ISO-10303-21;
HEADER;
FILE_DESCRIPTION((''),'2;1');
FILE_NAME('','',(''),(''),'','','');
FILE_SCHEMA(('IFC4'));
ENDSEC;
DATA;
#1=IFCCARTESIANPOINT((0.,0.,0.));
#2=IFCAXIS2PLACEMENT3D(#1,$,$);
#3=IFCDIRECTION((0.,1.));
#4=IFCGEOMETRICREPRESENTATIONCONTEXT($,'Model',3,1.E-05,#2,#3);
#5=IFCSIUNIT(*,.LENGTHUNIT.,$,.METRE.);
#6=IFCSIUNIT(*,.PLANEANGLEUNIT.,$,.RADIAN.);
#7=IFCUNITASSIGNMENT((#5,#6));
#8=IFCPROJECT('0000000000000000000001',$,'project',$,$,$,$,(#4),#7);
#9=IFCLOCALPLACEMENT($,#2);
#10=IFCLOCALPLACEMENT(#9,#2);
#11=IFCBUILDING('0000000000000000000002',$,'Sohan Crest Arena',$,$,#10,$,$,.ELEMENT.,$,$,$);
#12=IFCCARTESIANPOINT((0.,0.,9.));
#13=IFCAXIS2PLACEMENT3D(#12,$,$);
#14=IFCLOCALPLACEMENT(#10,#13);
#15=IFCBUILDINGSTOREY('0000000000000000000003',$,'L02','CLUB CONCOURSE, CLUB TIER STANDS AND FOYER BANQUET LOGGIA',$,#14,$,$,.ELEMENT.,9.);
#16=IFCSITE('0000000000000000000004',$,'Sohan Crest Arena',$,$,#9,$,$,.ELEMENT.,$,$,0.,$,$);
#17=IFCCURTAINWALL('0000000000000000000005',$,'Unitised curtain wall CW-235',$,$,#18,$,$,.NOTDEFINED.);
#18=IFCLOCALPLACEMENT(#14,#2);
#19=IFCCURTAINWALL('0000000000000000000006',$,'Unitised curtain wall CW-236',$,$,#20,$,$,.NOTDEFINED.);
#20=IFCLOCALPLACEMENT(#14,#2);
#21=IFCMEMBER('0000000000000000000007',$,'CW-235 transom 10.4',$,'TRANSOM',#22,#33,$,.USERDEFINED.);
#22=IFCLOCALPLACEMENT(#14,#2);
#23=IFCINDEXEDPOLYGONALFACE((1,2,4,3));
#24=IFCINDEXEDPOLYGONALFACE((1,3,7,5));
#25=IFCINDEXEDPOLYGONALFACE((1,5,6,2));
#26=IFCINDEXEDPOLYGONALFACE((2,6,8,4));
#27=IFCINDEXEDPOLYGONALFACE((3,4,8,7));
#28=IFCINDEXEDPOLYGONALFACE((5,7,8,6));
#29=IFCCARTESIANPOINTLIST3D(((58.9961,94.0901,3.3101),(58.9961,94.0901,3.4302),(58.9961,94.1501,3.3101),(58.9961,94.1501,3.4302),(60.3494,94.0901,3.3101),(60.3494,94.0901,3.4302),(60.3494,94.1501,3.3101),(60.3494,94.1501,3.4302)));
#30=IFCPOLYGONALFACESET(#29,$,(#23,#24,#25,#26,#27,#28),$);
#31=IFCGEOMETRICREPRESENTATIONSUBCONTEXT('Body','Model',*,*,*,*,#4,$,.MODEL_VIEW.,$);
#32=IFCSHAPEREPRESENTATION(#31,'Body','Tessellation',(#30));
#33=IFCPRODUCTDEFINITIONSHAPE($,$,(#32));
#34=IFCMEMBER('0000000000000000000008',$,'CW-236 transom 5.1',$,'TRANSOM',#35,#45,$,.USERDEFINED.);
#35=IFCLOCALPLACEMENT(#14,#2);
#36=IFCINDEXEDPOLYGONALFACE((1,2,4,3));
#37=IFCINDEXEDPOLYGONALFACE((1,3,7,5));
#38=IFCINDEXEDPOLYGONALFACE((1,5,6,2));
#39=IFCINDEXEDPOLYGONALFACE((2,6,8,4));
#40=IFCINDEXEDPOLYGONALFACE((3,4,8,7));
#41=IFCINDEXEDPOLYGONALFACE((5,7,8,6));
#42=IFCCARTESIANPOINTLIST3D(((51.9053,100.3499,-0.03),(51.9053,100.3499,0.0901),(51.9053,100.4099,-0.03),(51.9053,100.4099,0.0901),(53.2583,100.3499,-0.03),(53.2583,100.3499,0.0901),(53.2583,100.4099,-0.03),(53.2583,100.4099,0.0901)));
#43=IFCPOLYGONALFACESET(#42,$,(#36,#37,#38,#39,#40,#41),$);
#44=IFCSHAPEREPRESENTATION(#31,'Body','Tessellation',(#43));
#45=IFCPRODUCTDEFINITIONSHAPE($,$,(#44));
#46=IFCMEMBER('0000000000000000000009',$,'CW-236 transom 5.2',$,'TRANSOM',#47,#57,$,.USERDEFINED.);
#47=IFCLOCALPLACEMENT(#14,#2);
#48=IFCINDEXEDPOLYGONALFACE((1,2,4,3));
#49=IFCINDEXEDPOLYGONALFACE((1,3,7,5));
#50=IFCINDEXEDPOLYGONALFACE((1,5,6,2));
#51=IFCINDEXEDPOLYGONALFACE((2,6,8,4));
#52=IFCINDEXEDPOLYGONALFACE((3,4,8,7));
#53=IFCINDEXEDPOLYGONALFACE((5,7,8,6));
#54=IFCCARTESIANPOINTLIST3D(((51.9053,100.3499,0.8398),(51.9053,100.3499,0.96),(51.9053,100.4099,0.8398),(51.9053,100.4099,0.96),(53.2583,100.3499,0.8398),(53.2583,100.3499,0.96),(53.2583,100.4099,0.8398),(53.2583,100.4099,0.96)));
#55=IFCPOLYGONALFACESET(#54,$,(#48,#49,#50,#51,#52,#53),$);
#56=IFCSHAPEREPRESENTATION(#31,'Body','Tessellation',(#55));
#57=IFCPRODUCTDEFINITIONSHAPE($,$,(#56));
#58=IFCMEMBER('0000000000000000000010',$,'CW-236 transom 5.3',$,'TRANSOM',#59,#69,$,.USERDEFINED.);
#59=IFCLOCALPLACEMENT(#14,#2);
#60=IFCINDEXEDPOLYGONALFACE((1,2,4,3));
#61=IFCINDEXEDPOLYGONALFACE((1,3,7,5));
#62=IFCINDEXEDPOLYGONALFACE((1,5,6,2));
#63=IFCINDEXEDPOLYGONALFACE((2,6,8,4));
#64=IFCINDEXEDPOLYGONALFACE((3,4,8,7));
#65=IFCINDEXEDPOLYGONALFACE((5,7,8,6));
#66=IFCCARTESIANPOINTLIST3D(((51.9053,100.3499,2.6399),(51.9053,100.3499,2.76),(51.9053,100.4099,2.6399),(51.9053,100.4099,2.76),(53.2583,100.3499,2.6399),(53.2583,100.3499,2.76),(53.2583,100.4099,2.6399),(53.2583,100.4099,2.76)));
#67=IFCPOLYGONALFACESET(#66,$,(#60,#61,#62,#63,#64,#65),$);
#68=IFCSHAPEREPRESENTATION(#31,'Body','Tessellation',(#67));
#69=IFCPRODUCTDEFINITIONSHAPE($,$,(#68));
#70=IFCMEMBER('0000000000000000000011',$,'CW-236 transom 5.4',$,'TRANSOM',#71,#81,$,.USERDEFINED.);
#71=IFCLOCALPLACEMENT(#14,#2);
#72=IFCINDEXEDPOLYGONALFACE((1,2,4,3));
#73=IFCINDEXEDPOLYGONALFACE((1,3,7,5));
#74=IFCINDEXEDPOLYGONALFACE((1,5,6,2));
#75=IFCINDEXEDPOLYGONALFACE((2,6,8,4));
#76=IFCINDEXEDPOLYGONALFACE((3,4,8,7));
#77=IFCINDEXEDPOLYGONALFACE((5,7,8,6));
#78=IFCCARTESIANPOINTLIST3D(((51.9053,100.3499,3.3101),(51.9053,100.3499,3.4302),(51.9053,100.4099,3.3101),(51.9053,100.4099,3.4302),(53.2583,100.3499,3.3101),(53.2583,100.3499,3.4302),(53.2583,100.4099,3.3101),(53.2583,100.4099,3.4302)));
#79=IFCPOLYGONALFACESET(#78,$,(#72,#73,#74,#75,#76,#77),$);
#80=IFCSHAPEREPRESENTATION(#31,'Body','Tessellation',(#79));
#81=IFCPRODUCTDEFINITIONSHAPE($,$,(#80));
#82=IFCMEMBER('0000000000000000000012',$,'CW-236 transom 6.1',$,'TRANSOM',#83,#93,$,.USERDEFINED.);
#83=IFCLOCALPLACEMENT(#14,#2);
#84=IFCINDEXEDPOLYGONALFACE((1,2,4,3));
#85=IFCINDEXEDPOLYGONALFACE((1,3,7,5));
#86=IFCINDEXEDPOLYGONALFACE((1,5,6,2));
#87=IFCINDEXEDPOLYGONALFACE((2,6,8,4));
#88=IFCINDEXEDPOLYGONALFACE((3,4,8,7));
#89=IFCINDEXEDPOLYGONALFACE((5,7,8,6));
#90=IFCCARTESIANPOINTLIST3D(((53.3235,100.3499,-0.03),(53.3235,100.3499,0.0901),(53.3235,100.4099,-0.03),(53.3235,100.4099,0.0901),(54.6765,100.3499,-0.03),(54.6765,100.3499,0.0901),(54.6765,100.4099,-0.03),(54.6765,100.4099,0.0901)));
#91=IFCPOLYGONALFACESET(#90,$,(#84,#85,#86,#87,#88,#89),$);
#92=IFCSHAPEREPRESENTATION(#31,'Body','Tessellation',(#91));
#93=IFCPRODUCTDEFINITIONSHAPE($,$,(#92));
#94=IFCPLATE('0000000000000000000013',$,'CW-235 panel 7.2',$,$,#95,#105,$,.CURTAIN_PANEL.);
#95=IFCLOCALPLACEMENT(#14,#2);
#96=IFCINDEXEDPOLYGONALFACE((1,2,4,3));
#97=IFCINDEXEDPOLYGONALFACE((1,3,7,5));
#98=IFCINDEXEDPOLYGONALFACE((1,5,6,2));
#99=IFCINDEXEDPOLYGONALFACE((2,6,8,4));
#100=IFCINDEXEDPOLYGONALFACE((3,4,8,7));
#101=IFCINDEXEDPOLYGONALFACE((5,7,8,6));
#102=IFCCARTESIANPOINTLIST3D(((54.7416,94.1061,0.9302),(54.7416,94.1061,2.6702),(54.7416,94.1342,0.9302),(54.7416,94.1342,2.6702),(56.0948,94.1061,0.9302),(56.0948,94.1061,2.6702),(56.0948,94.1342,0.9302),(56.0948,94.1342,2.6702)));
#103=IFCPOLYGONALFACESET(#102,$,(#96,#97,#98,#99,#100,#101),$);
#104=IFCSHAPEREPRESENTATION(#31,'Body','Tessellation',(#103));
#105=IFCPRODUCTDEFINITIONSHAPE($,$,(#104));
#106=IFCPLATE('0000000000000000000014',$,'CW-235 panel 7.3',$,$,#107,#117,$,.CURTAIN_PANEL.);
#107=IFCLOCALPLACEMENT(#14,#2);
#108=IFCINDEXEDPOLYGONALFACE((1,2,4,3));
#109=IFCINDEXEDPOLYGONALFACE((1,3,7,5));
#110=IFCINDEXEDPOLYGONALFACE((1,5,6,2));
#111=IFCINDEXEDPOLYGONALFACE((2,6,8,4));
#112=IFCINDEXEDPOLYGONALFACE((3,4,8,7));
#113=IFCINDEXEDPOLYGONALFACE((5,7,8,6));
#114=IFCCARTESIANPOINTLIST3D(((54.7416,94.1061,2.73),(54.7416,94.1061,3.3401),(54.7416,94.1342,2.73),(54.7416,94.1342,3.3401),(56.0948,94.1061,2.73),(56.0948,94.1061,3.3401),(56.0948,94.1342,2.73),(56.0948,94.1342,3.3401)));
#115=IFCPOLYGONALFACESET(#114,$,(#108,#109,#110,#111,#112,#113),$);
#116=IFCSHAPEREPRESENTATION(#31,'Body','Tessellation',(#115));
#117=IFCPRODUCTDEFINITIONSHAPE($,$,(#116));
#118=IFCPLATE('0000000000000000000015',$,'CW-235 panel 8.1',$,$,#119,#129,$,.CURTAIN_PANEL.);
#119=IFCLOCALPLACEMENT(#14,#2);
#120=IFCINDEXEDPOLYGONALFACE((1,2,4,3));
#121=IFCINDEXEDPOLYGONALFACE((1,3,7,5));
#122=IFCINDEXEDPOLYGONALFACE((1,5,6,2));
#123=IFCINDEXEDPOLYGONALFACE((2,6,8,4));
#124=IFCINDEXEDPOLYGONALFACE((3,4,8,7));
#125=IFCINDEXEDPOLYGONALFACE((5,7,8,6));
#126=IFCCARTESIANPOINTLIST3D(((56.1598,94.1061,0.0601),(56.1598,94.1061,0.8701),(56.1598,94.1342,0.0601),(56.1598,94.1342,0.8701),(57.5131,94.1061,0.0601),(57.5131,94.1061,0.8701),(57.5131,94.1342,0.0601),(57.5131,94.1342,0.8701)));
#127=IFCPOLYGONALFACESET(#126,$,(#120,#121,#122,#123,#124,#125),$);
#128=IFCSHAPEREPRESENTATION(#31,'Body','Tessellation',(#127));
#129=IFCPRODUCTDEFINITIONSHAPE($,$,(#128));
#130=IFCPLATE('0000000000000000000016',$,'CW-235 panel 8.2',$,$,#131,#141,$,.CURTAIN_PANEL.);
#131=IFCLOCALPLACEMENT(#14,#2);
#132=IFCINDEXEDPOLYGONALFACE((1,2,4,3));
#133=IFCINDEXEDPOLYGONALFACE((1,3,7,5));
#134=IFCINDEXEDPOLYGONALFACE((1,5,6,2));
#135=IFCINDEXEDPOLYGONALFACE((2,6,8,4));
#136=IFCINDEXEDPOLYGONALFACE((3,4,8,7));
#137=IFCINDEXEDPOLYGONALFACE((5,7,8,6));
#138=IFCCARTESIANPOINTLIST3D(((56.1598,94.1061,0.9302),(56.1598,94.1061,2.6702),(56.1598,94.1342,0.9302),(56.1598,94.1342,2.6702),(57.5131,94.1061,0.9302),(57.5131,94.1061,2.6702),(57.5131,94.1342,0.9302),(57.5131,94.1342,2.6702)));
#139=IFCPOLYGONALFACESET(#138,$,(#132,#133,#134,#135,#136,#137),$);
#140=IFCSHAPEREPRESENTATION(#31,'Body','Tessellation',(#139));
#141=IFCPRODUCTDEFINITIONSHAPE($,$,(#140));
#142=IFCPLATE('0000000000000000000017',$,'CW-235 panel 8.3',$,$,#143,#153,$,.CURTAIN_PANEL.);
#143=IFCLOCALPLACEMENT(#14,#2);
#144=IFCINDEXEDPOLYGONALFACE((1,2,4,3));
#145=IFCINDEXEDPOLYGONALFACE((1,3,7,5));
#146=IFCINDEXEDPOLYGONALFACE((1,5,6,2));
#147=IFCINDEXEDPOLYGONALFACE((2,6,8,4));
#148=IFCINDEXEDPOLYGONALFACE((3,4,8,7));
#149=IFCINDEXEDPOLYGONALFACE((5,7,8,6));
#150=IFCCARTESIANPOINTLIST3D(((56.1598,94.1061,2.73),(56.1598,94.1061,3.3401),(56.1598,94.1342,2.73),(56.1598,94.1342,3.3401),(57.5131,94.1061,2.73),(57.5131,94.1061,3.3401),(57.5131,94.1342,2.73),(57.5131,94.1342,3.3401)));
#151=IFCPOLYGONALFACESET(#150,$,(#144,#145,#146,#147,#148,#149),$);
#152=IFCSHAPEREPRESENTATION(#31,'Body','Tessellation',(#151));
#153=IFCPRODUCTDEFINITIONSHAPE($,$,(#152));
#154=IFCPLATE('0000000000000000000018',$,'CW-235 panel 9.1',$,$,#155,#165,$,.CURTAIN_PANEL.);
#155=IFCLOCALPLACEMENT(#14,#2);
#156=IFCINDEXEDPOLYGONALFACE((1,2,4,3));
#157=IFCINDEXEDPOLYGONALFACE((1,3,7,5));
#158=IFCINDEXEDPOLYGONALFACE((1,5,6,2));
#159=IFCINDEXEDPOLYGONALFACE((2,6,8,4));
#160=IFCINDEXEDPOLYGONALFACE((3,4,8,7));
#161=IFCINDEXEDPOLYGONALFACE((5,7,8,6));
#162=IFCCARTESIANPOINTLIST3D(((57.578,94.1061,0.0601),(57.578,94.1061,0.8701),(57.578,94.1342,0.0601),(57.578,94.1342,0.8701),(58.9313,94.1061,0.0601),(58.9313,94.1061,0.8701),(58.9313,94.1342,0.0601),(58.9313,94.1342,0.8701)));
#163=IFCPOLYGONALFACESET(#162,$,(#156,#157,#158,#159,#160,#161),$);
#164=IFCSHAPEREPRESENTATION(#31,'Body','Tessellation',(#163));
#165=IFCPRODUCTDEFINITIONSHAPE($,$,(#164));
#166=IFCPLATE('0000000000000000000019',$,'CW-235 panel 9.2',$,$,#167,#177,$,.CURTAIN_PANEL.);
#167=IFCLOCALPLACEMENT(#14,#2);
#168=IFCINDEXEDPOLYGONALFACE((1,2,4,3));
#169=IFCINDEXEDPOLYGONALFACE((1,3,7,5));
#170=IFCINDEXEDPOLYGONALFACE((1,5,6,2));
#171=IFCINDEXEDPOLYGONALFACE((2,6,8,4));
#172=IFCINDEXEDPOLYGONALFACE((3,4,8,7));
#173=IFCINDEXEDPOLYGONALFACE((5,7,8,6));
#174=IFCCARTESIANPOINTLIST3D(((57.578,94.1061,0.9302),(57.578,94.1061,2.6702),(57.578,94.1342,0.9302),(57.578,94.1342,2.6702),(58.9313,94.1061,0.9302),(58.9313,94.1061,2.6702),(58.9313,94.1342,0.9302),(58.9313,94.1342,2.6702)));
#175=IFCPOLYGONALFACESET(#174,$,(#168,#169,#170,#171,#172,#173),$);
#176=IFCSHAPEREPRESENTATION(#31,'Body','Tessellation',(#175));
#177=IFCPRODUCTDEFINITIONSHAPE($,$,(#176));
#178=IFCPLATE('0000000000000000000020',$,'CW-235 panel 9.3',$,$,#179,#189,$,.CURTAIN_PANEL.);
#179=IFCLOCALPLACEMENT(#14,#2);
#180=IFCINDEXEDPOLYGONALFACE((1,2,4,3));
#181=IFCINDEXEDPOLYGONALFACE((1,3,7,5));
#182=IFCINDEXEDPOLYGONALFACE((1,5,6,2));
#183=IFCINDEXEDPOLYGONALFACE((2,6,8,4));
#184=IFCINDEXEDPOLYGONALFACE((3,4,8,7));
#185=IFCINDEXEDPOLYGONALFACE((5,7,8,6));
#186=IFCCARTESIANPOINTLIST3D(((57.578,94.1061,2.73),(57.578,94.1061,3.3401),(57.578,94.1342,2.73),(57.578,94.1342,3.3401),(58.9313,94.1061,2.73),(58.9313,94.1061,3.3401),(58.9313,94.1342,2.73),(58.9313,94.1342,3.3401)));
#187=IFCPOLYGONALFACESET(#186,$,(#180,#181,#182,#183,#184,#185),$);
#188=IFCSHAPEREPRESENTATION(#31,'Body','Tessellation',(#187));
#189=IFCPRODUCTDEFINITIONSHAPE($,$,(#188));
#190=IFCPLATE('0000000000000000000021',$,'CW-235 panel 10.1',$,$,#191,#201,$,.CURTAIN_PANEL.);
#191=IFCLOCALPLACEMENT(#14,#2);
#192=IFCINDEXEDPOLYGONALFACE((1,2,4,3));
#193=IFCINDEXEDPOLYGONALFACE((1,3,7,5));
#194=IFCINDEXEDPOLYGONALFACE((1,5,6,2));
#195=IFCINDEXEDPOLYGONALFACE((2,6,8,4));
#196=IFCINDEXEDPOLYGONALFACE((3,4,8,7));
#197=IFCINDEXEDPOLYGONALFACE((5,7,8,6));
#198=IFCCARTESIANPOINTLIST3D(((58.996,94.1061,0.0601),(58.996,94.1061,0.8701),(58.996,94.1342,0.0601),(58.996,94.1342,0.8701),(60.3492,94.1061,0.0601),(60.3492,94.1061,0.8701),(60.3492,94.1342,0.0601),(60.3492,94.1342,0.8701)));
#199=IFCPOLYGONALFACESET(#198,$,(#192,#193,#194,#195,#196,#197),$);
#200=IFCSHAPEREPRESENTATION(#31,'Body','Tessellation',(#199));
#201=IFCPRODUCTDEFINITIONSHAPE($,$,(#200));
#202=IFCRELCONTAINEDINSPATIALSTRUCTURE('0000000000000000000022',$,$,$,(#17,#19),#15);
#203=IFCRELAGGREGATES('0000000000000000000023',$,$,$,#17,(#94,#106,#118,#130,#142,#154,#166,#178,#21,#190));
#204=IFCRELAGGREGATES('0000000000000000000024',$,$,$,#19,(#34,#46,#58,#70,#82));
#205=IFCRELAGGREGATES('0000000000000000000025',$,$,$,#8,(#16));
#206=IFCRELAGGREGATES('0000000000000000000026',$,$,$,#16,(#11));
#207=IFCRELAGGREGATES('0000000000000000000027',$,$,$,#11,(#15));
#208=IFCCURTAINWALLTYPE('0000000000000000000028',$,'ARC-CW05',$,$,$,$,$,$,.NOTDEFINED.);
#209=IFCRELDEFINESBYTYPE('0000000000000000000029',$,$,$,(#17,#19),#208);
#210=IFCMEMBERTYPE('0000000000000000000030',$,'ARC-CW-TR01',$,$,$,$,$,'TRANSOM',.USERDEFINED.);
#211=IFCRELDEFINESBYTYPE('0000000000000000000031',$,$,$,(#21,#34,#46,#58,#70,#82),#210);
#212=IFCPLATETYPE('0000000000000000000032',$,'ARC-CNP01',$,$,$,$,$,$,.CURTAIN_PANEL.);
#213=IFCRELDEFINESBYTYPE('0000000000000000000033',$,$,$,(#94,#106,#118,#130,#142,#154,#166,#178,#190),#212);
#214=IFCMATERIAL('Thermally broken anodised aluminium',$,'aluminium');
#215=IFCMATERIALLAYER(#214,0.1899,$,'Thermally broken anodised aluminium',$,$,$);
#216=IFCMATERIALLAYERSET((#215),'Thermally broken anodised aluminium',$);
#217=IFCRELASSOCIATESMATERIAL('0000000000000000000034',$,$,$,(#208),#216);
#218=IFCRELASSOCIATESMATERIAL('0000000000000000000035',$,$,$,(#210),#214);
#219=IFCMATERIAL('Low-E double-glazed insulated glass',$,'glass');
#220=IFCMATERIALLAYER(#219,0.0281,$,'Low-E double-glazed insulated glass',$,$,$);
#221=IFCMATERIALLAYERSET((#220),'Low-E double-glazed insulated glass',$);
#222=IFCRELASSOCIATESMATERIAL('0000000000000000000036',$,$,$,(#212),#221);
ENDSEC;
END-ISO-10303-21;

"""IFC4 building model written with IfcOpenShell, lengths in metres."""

from ifc_helpers import new_model, si_unit, direction, frame, origin, origin_2d, place, context, subcontext, project, spatial, rectangle, extrude, material, layer, layer_set, material_profile, profile_set, type_object, element, aggregate, save


model = new_model("IFC4")

# Units and contexts
model_context = context("Model", 3, precision=1e-05, world=origin(), true_north=direction((0.0, 1.0)))
body_context = subcontext(model_context, "Body", "Model", "MODEL_VIEW")
ifc_project = project(units=[si_unit("LENGTHUNIT", "METRE"), si_unit("PLANEANGLEUNIT", "RADIAN")], contexts=[model_context])

# Site, building, storey
site_placement = place(None, origin())
site = spatial("IfcSite", under=ifc_project, at=site_placement, Name="Sohan Crest Arena", CompositionType="ELEMENT", RefElevation=0.0)
building_placement = place(site_placement, origin())
building = spatial("IfcBuilding", under=site, at=building_placement, Name="Sohan Crest Arena", CompositionType="ELEMENT")
storey_placement = place(building_placement, frame((0.0, 0.0, 9.0)))
storey = spatial("IfcBuildingStorey", under=building, at=storey_placement, Name="L02", Description="CLUB CONCOURSE, CLUB TIER STANDS AND FOYER BANQUET LOGGIA", CompositionType="ELEMENT", Elevation=9.0)

# Curtain wall
ifc_material_1 = material(Name="Thermally broken anodised aluminium", Category="aluminium")
ifc_layer_1 = layer(ifc_material_1, 0.1899, Name="Thermally broken anodised aluminium")
ifc_layer_set_1 = layer_set([ifc_layer_1], Name="Thermally broken anodised aluminium")
curtain_wall_type = type_object("IfcCurtainWallType", Name="ARC-CW05", PredefinedType="NOTDEFINED", material=ifc_layer_set_1)
curtain_wall_1_placement = place(storey_placement, origin())
curtain_wall_1 = element("IfcCurtainWall", 1, at=curtain_wall_1_placement, inside=storey, type_object=curtain_wall_type, Name="Unitised curtain wall CW-235", PredefinedType="NOTDEFINED")

# Curtain wall
curtain_wall_2_placement = place(storey_placement, origin())
curtain_wall_2 = element("IfcCurtainWall", 2, at=curtain_wall_2_placement, inside=storey, type_object=curtain_wall_type, Name="Unitised curtain wall CW-236", PredefinedType="NOTDEFINED")

# Members
ifc_material_profile_1 = material_profile(ifc_material_1, rectangle(XDim=0.0601, YDim=0.1201, at=origin_2d()), Name="ALU-TRAN 60x120")
ifc_profile_set_1 = profile_set([ifc_material_profile_1], Name="Thermally broken anodised aluminium")
member_type_1 = type_object("IfcMemberType", Name="ARC-CW-TR01", ElementType="TRANSOM", PredefinedType="USERDEFINED", material=ifc_profile_set_1)
member_1_placement = place(storey_placement, frame((58.9961, 94.1201, 3.3701), z_axis=(1.0, 0.0, 0.0), x_axis=(0.0, 1.0, 0.0)))
member_1 = element("IfcMember", 3, at=member_1_placement, type_object=member_type_1, Name="CW-235 transom 10.4", ObjectType="TRANSOM", PredefinedType="USERDEFINED", context=body_context, shape_type="SweptSolid", body=[
    extrude(rectangle(XDim=0.0601, YDim=0.1201, at=origin_2d()), origin(), (0.0, 0.0, 1.0), 1.3533),
])
member_2_placement = place(storey_placement, frame((51.9053, 100.3799, 0.03), z_axis=(1.0, 0.0, 0.0), x_axis=(0.0, 1.0, 0.0)))
member_2 = element("IfcMember", 4, at=member_2_placement, type_object=member_type_1, Name="CW-236 transom 5.1", ObjectType="TRANSOM", PredefinedType="USERDEFINED", context=body_context, shape_type="SweptSolid", body=[
    extrude(rectangle(XDim=0.0601, YDim=0.1201, at=origin_2d()), origin(), (0.0, 0.0, 1.0), 1.353),
])
member_3_placement = place(storey_placement, frame((51.9053, 100.3799, 0.8999), z_axis=(1.0, 0.0, 0.0), x_axis=(0.0, 1.0, 0.0)))
member_3 = element("IfcMember", 5, at=member_3_placement, type_object=member_type_1, Name="CW-236 transom 5.2", ObjectType="TRANSOM", PredefinedType="USERDEFINED", context=body_context, shape_type="SweptSolid", body=[
    extrude(rectangle(XDim=0.0601, YDim=0.1201, at=origin_2d()), origin(), (0.0, 0.0, 1.0), 1.353),
])
member_4_placement = place(storey_placement, frame((51.9053, 100.3799, 2.7), z_axis=(1.0, 0.0, 0.0), x_axis=(0.0, 1.0, 0.0)))
member_4 = element("IfcMember", 6, at=member_4_placement, type_object=member_type_1, Name="CW-236 transom 5.3", ObjectType="TRANSOM", PredefinedType="USERDEFINED", context=body_context, shape_type="SweptSolid", body=[
    extrude(rectangle(XDim=0.0601, YDim=0.1201, at=origin_2d()), origin(), (0.0, 0.0, 1.0), 1.353),
])
member_5_placement = place(storey_placement, frame((51.9053, 100.3799, 3.3701), z_axis=(1.0, 0.0, 0.0), x_axis=(0.0, 1.0, 0.0)))
member_5 = element("IfcMember", 7, at=member_5_placement, type_object=member_type_1, Name="CW-236 transom 5.4", ObjectType="TRANSOM", PredefinedType="USERDEFINED", context=body_context, shape_type="SweptSolid", body=[
    extrude(rectangle(XDim=0.0601, YDim=0.1201, at=origin_2d()), origin(), (0.0, 0.0, 1.0), 1.353),
])
member_6_placement = place(storey_placement, frame((53.3235, 100.3799, 0.03), z_axis=(1.0, 0.0, 0.0), x_axis=(0.0, 1.0, 0.0)))
member_6 = element("IfcMember", 8, at=member_6_placement, type_object=member_type_1, Name="CW-236 transom 6.1", ObjectType="TRANSOM", PredefinedType="USERDEFINED", context=body_context, shape_type="SweptSolid", body=[
    extrude(rectangle(XDim=0.0601, YDim=0.1201, at=origin_2d()), origin(), (0.0, 0.0, 1.0), 1.353),
])

# Plates
ifc_material_2 = material(Name="Low-E double-glazed insulated glass", Category="glass")
ifc_layer_2 = layer(ifc_material_2, 0.0281, Name="Low-E double-glazed insulated glass")
ifc_layer_set_2 = layer_set([ifc_layer_2], Name="Low-E double-glazed insulated glass")
plate_type = type_object("IfcPlateType", Name="ARC-CNP01", PredefinedType="CURTAIN_PANEL", material=ifc_layer_set_2)
plate_1_placement = place(storey_placement, frame((55.4182, 94.1201, 0.9302), z_axis=(0.0, 0.0, 1.0), x_axis=(1.0, 0.0, 0.0)))
plate_1 = element("IfcPlate", 9, at=plate_1_placement, type_object=plate_type, Name="CW-235 panel 7.2", PredefinedType="CURTAIN_PANEL", context=body_context, shape_type="SweptSolid", body=[
    extrude(rectangle(XDim=1.3533, YDim=0.0281, at=origin_2d()), origin(), (0.0, 0.0, 1.0), 1.74),
])
plate_2_placement = place(storey_placement, frame((55.4182, 94.1201, 2.73), z_axis=(0.0, 0.0, 1.0), x_axis=(1.0, 0.0, 0.0)))
plate_2 = element("IfcPlate", 10, at=plate_2_placement, type_object=plate_type, Name="CW-235 panel 7.3", PredefinedType="CURTAIN_PANEL", context=body_context, shape_type="SweptSolid", body=[
    extrude(rectangle(XDim=1.3533, YDim=0.0281, at=origin_2d()), origin(), (0.0, 0.0, 1.0), 0.6101),
])
plate_3_placement = place(storey_placement, frame((56.8364, 94.1201, 0.0601), z_axis=(0.0, 0.0, 1.0), x_axis=(1.0, 0.0, 0.0)))
plate_3 = element("IfcPlate", 11, at=plate_3_placement, type_object=plate_type, Name="CW-235 panel 8.1", PredefinedType="CURTAIN_PANEL", context=body_context, shape_type="SweptSolid", body=[
    extrude(rectangle(XDim=1.3533, YDim=0.0281, at=origin_2d()), origin(), (0.0, 0.0, 1.0), 0.8101),
])
plate_4_placement = place(storey_placement, frame((56.8364, 94.1201, 0.9302), z_axis=(0.0, 0.0, 1.0), x_axis=(1.0, 0.0, 0.0)))
plate_4 = element("IfcPlate", 12, at=plate_4_placement, type_object=plate_type, Name="CW-235 panel 8.2", PredefinedType="CURTAIN_PANEL", context=body_context, shape_type="SweptSolid", body=[
    extrude(rectangle(XDim=1.3533, YDim=0.0281, at=origin_2d()), origin(), (0.0, 0.0, 1.0), 1.74),
])
plate_5_placement = place(storey_placement, frame((56.8364, 94.1201, 2.73), z_axis=(0.0, 0.0, 1.0), x_axis=(1.0, 0.0, 0.0)))
plate_5 = element("IfcPlate", 13, at=plate_5_placement, type_object=plate_type, Name="CW-235 panel 8.3", PredefinedType="CURTAIN_PANEL", context=body_context, shape_type="SweptSolid", body=[
    extrude(rectangle(XDim=1.3533, YDim=0.0281, at=origin_2d()), origin(), (0.0, 0.0, 1.0), 0.6101),
])
plate_6_placement = place(storey_placement, frame((58.2546, 94.1201, 0.0601), z_axis=(0.0, 0.0, 1.0), x_axis=(1.0, 0.0, 0.0)))
plate_6 = element("IfcPlate", 14, at=plate_6_placement, type_object=plate_type, Name="CW-235 panel 9.1", PredefinedType="CURTAIN_PANEL", context=body_context, shape_type="SweptSolid", body=[
    extrude(rectangle(XDim=1.3533, YDim=0.0281, at=origin_2d()), origin(), (0.0, 0.0, 1.0), 0.8101),
])
plate_7_placement = place(storey_placement, frame((58.2546, 94.1201, 0.9302), z_axis=(0.0, 0.0, 1.0), x_axis=(1.0, 0.0, 0.0)))
plate_7 = element("IfcPlate", 15, at=plate_7_placement, type_object=plate_type, Name="CW-235 panel 9.2", PredefinedType="CURTAIN_PANEL", context=body_context, shape_type="SweptSolid", body=[
    extrude(rectangle(XDim=1.3533, YDim=0.0281, at=origin_2d()), origin(), (0.0, 0.0, 1.0), 1.74),
])
plate_8_placement = place(storey_placement, frame((58.2546, 94.1201, 2.73), z_axis=(0.0, 0.0, 1.0), x_axis=(1.0, 0.0, 0.0)))
plate_8 = element("IfcPlate", 16, at=plate_8_placement, type_object=plate_type, Name="CW-235 panel 9.3", PredefinedType="CURTAIN_PANEL", context=body_context, shape_type="SweptSolid", body=[
    extrude(rectangle(XDim=1.3533, YDim=0.0281, at=origin_2d()), origin(), (0.0, 0.0, 1.0), 0.6101),
])
plate_9_placement = place(storey_placement, frame((59.6726, 94.1201, 0.0601), z_axis=(0.0, 0.0, 1.0), x_axis=(1.0, 0.0, 0.0)))
plate_9 = element("IfcPlate", 17, at=plate_9_placement, type_object=plate_type, Name="CW-235 panel 10.1", PredefinedType="CURTAIN_PANEL", context=body_context, shape_type="SweptSolid", body=[
    extrude(rectangle(XDim=1.3533, YDim=0.0281, at=origin_2d()), origin(), (0.0, 0.0, 1.0), 0.8101),
])
aggregate(curtain_wall_1, [plate_1, plate_2, plate_3, plate_4, plate_5, plate_6, plate_7, plate_8, member_1, plate_9])
aggregate(curtain_wall_2, [member_2, member_3, member_4, member_5, member_6])

save(model, "model.ifc")
